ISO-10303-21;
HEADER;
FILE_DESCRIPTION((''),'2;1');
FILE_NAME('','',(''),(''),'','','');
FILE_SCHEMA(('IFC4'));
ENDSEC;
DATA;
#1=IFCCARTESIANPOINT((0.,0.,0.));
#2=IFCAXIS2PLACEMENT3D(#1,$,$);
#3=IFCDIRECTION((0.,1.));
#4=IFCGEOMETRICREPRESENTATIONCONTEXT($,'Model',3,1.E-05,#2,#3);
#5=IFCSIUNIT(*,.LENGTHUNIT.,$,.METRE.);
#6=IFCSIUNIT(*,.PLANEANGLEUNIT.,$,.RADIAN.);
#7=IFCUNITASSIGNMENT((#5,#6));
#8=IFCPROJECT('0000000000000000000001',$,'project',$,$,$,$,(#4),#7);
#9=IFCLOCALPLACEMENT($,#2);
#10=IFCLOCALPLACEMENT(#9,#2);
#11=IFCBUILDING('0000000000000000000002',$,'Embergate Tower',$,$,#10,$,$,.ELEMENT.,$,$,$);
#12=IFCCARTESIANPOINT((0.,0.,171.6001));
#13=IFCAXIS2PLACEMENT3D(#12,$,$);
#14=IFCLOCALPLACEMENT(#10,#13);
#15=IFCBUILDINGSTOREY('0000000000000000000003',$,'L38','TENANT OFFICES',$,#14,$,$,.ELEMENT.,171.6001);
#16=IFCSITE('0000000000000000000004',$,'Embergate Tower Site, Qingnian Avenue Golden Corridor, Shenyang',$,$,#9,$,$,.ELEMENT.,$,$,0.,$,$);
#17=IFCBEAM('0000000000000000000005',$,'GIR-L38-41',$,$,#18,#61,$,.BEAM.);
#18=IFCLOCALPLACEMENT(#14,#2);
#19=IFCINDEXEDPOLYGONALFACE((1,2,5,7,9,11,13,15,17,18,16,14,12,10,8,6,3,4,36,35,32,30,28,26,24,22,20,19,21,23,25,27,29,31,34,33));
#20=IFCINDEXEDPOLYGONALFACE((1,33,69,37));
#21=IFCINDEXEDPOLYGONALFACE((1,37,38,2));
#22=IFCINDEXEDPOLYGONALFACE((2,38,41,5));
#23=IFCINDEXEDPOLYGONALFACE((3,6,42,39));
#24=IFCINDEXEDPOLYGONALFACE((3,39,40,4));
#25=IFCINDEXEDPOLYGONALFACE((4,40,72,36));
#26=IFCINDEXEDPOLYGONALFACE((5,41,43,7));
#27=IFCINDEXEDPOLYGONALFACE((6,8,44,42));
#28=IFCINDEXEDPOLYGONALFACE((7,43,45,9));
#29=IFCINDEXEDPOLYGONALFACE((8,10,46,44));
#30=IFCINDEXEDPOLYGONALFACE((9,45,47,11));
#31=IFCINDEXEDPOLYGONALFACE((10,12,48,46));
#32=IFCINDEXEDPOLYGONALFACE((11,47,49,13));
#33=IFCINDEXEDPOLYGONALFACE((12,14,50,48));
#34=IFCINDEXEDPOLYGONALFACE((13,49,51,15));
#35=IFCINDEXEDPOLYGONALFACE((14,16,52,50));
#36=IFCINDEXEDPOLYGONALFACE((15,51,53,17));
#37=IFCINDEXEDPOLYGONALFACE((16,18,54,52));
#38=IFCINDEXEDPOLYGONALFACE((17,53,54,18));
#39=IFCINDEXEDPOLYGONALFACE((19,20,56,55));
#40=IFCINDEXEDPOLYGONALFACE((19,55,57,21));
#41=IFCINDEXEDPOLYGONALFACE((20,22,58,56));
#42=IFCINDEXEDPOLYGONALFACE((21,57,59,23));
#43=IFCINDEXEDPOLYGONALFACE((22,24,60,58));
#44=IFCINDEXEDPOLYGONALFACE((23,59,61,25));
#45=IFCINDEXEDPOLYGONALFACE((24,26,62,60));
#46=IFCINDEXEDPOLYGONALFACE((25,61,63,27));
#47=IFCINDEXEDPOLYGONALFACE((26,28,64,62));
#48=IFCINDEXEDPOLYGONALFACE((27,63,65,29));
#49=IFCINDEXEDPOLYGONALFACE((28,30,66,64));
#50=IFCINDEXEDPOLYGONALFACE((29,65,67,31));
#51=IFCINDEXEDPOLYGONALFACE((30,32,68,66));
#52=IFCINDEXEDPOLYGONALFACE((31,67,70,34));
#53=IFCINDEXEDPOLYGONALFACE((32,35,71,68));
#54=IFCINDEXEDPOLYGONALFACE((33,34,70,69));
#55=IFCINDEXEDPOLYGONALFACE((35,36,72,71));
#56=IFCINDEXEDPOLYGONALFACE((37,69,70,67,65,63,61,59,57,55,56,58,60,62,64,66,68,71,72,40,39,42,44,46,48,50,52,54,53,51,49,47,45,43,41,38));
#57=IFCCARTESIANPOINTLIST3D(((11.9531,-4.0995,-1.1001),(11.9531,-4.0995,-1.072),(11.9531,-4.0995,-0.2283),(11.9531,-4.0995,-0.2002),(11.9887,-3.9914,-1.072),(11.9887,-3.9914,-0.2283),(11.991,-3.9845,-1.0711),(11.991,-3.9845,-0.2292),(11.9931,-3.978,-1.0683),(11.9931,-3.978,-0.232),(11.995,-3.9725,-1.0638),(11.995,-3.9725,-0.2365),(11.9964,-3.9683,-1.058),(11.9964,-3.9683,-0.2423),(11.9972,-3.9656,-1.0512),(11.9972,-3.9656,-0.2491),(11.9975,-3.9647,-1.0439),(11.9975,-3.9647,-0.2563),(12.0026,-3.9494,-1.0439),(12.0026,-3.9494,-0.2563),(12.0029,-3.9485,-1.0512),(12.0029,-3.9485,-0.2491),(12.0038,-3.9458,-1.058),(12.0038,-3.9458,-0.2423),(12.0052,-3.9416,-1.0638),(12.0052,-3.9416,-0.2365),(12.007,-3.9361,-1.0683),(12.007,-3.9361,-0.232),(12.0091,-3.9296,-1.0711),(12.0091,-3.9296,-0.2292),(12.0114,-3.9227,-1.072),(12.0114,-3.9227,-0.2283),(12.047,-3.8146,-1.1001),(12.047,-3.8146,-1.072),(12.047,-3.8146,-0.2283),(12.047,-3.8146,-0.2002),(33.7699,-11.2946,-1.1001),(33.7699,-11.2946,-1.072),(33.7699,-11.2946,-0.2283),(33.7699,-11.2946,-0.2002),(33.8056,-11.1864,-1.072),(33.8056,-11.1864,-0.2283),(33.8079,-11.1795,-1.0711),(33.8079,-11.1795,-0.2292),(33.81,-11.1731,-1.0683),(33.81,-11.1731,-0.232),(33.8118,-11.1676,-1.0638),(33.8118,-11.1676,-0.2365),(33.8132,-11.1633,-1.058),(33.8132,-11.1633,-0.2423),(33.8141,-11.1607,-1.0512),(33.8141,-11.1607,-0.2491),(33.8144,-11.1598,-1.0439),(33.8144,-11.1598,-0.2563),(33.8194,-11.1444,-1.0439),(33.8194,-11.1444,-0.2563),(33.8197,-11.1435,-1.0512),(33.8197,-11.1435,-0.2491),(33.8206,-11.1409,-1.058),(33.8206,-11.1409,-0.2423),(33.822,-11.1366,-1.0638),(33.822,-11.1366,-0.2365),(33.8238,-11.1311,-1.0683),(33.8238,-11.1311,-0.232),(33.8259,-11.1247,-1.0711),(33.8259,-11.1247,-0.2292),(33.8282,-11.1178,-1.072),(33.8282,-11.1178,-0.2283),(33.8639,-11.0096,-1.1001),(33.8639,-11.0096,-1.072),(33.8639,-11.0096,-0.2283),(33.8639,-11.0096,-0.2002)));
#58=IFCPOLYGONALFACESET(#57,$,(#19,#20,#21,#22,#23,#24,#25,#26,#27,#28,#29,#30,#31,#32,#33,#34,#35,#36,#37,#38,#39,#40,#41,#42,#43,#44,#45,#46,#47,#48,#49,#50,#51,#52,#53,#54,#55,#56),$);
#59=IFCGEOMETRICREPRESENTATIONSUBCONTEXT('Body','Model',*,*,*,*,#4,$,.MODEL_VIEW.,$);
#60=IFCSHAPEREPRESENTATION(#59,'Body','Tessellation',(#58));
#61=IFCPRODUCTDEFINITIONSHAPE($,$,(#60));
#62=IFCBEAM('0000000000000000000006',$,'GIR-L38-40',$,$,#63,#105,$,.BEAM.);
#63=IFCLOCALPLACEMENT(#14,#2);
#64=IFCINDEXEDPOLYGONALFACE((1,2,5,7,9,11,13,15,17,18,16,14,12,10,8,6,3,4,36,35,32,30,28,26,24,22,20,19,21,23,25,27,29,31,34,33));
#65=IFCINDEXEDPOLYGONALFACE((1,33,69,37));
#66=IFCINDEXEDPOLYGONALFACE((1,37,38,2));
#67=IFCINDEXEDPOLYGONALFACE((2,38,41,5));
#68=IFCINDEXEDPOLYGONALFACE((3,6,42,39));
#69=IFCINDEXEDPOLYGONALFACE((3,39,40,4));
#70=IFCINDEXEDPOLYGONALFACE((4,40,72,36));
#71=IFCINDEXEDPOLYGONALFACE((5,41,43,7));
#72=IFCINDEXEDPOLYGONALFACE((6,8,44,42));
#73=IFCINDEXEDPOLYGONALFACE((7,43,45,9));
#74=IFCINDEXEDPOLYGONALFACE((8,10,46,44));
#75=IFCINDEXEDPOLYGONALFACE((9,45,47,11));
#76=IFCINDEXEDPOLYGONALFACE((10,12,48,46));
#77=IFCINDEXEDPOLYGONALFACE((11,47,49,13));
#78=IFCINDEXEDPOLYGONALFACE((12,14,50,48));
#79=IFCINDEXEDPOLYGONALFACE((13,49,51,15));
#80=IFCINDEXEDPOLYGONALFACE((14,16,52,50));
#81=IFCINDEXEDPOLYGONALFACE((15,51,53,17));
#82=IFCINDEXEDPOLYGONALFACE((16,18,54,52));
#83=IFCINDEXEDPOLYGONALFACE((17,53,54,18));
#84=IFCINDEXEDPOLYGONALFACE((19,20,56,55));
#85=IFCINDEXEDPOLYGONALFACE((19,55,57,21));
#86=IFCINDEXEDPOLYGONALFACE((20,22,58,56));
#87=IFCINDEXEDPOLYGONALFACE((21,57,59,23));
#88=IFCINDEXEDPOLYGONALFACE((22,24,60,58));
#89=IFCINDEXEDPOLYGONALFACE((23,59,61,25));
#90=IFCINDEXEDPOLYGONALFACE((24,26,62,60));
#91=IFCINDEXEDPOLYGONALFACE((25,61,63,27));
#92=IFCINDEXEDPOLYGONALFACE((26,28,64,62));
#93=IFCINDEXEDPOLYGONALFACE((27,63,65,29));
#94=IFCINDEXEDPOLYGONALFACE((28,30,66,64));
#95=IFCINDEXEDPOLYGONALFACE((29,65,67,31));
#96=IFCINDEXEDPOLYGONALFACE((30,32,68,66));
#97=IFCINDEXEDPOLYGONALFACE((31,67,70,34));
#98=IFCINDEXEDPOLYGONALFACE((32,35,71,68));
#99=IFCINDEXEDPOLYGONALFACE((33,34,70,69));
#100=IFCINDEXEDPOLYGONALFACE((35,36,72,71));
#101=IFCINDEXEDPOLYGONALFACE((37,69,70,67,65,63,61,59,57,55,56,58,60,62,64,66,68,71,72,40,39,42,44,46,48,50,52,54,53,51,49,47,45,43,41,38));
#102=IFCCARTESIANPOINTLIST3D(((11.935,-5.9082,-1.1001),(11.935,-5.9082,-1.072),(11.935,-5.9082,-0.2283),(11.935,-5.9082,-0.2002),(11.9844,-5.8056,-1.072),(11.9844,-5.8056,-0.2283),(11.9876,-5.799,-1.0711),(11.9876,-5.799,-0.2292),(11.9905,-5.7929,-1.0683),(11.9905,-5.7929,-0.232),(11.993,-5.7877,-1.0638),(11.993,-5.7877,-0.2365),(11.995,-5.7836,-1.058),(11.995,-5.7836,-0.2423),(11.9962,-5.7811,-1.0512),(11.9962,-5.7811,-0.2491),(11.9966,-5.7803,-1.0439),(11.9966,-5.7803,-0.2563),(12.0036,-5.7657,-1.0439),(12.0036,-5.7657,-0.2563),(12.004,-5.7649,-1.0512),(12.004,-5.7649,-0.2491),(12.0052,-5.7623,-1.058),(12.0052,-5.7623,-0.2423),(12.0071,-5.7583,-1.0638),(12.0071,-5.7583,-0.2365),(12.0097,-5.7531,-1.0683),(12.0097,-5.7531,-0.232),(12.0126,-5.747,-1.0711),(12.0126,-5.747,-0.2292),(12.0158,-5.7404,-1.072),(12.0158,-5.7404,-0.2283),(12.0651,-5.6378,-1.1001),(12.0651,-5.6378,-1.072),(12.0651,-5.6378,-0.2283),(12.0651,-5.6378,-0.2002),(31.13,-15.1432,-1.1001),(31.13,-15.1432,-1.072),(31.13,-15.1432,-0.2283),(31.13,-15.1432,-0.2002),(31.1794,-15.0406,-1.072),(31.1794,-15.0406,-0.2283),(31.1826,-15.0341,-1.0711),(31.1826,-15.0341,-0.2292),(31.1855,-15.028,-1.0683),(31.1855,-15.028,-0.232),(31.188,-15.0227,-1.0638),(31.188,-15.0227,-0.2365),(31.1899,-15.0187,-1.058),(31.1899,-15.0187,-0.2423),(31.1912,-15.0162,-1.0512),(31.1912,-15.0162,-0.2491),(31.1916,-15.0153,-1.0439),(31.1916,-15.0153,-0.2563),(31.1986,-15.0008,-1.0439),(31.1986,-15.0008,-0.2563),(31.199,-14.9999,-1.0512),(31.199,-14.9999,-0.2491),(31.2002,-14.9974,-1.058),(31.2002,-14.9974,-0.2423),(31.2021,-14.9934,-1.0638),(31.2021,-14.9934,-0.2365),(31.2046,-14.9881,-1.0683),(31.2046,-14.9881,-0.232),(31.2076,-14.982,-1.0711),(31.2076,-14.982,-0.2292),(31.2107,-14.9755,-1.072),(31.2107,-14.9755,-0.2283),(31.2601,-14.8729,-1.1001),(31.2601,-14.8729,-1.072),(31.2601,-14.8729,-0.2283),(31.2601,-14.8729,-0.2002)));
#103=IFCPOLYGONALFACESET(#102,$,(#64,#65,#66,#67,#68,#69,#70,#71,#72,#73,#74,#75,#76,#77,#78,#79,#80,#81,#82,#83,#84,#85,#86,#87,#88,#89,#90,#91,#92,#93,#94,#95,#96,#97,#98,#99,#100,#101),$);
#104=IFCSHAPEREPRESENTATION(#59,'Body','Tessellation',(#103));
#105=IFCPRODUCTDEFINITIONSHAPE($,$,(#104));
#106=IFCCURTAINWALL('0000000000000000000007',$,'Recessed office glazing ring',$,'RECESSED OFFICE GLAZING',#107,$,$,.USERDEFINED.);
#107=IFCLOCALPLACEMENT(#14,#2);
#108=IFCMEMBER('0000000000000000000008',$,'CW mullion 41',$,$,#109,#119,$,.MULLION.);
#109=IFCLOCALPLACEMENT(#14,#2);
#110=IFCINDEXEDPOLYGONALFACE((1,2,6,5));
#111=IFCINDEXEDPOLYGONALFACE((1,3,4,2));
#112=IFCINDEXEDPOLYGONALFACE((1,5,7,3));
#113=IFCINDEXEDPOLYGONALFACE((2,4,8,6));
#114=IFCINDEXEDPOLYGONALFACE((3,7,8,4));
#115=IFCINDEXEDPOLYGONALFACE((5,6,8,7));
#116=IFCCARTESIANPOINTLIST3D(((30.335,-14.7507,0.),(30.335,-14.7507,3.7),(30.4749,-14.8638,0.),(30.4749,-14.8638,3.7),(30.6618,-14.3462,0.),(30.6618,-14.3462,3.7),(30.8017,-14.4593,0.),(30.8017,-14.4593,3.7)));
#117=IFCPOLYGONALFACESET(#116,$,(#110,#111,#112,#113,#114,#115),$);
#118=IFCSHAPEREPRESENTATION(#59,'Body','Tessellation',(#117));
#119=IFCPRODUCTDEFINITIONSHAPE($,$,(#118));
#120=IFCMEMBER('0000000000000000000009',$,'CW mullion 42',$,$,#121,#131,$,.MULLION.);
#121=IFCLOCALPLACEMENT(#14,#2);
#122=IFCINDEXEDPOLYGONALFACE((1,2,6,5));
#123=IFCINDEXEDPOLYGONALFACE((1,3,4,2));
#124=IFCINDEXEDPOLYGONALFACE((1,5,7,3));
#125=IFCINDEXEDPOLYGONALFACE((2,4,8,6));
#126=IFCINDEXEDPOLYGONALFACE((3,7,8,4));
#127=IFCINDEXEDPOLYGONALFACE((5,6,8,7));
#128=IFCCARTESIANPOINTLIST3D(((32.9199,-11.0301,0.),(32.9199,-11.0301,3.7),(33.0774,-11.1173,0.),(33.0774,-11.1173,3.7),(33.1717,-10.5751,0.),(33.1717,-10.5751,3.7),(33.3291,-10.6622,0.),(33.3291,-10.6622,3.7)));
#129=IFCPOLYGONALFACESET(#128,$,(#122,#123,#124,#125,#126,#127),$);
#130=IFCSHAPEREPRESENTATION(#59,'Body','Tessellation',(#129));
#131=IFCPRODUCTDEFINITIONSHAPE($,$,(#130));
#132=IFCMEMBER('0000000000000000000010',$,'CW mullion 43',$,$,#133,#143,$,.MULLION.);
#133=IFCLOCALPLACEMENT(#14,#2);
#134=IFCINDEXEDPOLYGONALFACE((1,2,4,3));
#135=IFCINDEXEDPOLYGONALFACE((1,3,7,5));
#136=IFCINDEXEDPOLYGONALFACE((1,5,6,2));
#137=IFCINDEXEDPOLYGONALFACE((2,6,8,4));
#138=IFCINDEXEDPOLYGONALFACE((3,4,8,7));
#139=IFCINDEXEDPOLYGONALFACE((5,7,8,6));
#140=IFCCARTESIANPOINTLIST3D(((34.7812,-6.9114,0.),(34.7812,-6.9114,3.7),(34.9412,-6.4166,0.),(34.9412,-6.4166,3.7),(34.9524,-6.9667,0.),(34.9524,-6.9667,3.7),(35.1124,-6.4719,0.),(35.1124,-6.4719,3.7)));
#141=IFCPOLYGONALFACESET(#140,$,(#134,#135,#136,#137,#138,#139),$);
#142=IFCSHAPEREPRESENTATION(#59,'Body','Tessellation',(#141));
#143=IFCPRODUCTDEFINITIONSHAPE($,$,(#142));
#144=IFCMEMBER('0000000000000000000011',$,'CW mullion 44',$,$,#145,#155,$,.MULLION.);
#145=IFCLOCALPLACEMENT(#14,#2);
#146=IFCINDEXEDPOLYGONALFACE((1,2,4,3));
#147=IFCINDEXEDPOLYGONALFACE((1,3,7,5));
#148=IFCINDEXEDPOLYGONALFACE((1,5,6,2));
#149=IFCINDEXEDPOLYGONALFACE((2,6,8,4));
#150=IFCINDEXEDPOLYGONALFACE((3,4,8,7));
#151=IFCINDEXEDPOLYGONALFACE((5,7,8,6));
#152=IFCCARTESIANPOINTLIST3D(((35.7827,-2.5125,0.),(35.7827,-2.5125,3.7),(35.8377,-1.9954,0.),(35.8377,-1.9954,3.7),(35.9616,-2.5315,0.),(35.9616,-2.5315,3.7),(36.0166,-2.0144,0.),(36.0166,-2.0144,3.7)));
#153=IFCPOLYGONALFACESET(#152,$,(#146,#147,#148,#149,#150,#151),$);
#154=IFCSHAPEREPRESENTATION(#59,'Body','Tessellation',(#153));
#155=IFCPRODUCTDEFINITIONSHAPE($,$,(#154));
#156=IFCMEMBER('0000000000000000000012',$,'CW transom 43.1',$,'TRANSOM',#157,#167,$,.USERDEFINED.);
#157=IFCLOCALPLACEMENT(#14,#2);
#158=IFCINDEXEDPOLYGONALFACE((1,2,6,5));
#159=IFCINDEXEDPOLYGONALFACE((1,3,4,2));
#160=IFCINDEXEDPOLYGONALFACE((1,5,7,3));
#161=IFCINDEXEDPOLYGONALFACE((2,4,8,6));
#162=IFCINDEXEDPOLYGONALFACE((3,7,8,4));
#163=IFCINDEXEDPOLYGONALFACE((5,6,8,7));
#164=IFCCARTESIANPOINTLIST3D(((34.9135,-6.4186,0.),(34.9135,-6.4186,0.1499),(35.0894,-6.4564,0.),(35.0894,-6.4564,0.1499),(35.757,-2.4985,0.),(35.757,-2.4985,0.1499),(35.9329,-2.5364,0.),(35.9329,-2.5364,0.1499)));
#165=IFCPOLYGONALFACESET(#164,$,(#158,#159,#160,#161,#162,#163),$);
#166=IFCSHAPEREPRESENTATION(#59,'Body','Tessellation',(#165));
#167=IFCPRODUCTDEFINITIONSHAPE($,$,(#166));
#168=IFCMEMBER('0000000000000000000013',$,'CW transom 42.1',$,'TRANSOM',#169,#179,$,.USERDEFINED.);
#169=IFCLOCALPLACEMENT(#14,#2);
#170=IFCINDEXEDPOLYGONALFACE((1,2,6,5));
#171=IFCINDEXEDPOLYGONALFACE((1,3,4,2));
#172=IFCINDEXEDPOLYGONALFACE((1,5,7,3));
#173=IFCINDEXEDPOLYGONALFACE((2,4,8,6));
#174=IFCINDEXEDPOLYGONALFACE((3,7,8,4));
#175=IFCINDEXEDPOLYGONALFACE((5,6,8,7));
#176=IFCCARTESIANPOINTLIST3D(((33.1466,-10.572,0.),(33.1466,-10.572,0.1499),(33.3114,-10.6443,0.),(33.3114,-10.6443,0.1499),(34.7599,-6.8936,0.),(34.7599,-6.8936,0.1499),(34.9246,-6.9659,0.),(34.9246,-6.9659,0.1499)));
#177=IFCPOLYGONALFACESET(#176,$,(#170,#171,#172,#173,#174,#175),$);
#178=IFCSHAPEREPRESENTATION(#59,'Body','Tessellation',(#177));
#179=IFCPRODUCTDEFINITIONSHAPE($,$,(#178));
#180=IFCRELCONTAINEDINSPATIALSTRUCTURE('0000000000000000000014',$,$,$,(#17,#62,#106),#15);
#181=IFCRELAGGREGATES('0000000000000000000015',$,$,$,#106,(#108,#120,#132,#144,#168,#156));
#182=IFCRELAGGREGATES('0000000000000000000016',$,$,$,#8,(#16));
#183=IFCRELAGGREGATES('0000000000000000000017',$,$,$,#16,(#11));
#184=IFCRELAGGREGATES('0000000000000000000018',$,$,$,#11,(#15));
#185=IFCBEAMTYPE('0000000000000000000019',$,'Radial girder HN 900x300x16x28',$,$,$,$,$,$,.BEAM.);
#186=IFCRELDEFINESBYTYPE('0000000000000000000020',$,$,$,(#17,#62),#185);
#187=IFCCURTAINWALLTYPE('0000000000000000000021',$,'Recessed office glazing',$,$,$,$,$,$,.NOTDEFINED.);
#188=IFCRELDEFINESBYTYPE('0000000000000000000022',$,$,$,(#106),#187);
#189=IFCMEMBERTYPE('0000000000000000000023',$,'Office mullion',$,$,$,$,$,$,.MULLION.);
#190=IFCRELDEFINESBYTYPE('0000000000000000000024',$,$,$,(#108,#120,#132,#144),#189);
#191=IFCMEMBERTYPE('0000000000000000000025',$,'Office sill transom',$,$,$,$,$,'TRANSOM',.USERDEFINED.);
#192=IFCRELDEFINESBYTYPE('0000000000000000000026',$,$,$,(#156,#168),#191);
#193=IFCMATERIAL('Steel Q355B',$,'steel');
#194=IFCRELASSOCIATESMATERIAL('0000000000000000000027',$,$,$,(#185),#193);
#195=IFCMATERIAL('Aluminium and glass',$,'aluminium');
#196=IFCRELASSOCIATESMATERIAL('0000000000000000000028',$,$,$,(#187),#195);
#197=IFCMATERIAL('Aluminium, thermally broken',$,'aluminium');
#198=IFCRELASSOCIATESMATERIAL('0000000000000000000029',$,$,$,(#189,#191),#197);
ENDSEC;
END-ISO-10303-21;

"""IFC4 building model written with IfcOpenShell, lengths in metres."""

from ifc_helpers import new_model, si_unit, direction, frame, origin, origin_2d, place, context, subcontext, project, spatial, rectangle, i_section, extrude, source, transform, mapped, material, material_profile, profile_set, type_object, element, aggregate, save


model = new_model("IFC4")

# Units and contexts
model_context = context("Model", 3, precision=1e-05, world=origin(), true_north=direction((0.0, 1.0)))
body_context = subcontext(model_context, "Body", "Model", "MODEL_VIEW")
ifc_project = project(units=[si_unit("LENGTHUNIT", "METRE"), si_unit("PLANEANGLEUNIT", "RADIAN")], contexts=[model_context])

# Site, building, storey
site_placement = place(None, origin())
site = spatial("IfcSite", under=ifc_project, at=site_placement, Name="Embergate Tower Site, Qingnian Avenue Golden Corridor, Shenyang", CompositionType="ELEMENT", RefElevation=0.0)
building_placement = place(site_placement, origin())
building = spatial("IfcBuilding", under=site, at=building_placement, Name="Embergate Tower", CompositionType="ELEMENT")
storey_placement = place(building_placement, frame((0.0, 0.0, 171.6001)))
storey = spatial("IfcBuildingStorey", under=building, at=storey_placement, Name="L38", Description="TENANT OFFICES", CompositionType="ELEMENT", Elevation=171.6001)

# Beams
ifc_material_1 = material(Name="Steel Q355B", Category="steel")
ifc_material_profile_1 = material_profile(ifc_material_1, i_section(OverallWidth=0.3, OverallDepth=0.8999, WebThickness=0.0161, FlangeThickness=0.0281, FilletRadius=0.0281, at=origin_2d()), Name="HN 900x300x16x28")
ifc_profile_set_1 = profile_set([ifc_material_profile_1], Name="Steel Q355 grade B")
beam_type_1 = type_object("IfcBeamType", Name="Radial girder HN 900x300x16x28", PredefinedType="BEAM", material=ifc_profile_set_1)
shared_shape_1 = source(origin(), body_context, "Body", "SweptSolid", [
    extrude(i_section(OverallWidth=0.3, OverallDepth=0.8999, WebThickness=0.0161, FlangeThickness=0.0281, FilletRadius=0.0281, at=origin_2d()), origin(), (0.0, 0.0, 1.0), 22.9727),
])
beam_1_placement = place(storey_placement, frame((33.8169, -11.1521, -0.6501), z_axis=(-0.949687, 0.313201, 0.0), x_axis=(-0.313201, -0.949687, 0.0)))
element("IfcBeam", 1, at=beam_1_placement, inside=storey, type_object=beam_type_1, Name="GIR-L38-41", PredefinedType="BEAM", context=body_context, shape_type="MappedRepresentation", body=[
    mapped(shared_shape_1, transform((0.0, 0.0, 0.0))),
])
shared_shape_2 = source(origin(), body_context, "Body", "SweptSolid", [
    extrude(i_section(OverallWidth=0.3, OverallDepth=0.8999, WebThickness=0.0161, FlangeThickness=0.0281, FilletRadius=0.0281, at=origin_2d()), origin(), (0.0, 0.0, 1.0), 21.301),
])
beam_2_placement = place(storey_placement, frame((31.1951, -15.0081, -0.6501), z_axis=(-0.901129, 0.43355, 0.0), x_axis=(-0.43355, -0.901129, 0.0)))
element("IfcBeam", 2, at=beam_2_placement, inside=storey, type_object=beam_type_1, Name="GIR-L38-40", PredefinedType="BEAM", context=body_context, shape_type="MappedRepresentation", body=[
    mapped(shared_shape_2, transform((0.0, 0.0, 0.0))),
])

# Curtain wall, members
ifc_material_2 = material(Name="Aluminium and glass", Category="aluminium")
curtain_wall_type = type_object("IfcCurtainWallType", Name="Recessed office glazing", PredefinedType="NOTDEFINED", material=ifc_material_2)
curtain_wall_placement = place(storey_placement, origin())
curtain_wall = element("IfcCurtainWall", 3, at=curtain_wall_placement, inside=storey, type_object=curtain_wall_type, Name="Recessed office glazing ring", ObjectType="RECESSED OFFICE GLAZING", PredefinedType="USERDEFINED")
ifc_material_3 = material(Name="Aluminium, thermally broken", Category="aluminium")
ifc_material_profile_2 = material_profile(ifc_material_3, rectangle(XDim=0.1799, YDim=0.52, at=origin_2d()), Name="AL 520x180")
ifc_profile_set_2 = profile_set([ifc_material_profile_2], Name="Aluminium, thermally broken")
member_type_1 = type_object("IfcMemberType", Name="Office mullion", PredefinedType="MULLION", material=ifc_profile_set_2)
shared_shape_3 = source(origin(), body_context, "Body", "SweptSolid", [
    extrude(rectangle(XDim=0.1799, YDim=0.52, at=origin_2d()), origin(), (0.0, 0.0, 1.0), 3.7),
])
member_1_placement = place(storey_placement, frame((30.5684, -14.605, 0.0), z_axis=(0.0, 0.0, 1.0), x_axis=(-0.777867, 0.628429, 0.0)))
member_1 = element("IfcMember", 4, at=member_1_placement, type_object=member_type_1, Name="CW mullion 41", PredefinedType="MULLION", context=body_context, shape_type="MappedRepresentation", body=[
    mapped(shared_shape_3, transform((0.0, 0.0, 0.0))),
])
member_2_placement = place(storey_placement, frame((33.1245, -10.8462, 0.0), z_axis=(0.0, 0.0, 1.0), x_axis=(-0.874999, 0.484126, 0.0)))
member_2 = element("IfcMember", 5, at=member_2_placement, type_object=member_type_1, Name="CW mullion 42", PredefinedType="MULLION", context=body_context, shape_type="MappedRepresentation", body=[
    mapped(shared_shape_3, transform((0.0, 0.0, 0.0))),
])
member_3_placement = place(storey_placement, frame((34.9468, -6.6917, 0.0), z_axis=(0.0, 0.0, 1.0), x_axis=(-0.951496, 0.307661, 0.0)))
member_3 = element("IfcMember", 6, at=member_3_placement, type_object=member_type_1, Name="CW mullion 43", PredefinedType="MULLION", context=body_context, shape_type="MappedRepresentation", body=[
    mapped(shared_shape_3, transform((0.0, 0.0, 0.0))),
])
member_4_placement = place(storey_placement, frame((35.8997, -2.2634, 0.0), z_axis=(0.0, 0.0, 1.0), x_axis=(-0.994385, 0.105825, 0.0)))
member_4 = element("IfcMember", 7, at=member_4_placement, type_object=member_type_1, Name="CW mullion 44", PredefinedType="MULLION", context=body_context, shape_type="MappedRepresentation", body=[
    mapped(shared_shape_3, transform((0.0, 0.0, 0.0))),
])
ifc_material_profile_3 = material_profile(ifc_material_3, rectangle(XDim=0.1799, YDim=0.1499, at=origin_2d()), Name="AL 150x180")
ifc_profile_set_3 = profile_set([ifc_material_profile_3], Name="Aluminium, thermally broken")
member_type_2 = type_object("IfcMemberType", Name="Office sill transom", ElementType="TRANSOM", PredefinedType="USERDEFINED", material=ifc_profile_set_3)
shared_shape_4 = source(origin(), body_context, "Body", "SweptSolid", [
    extrude(rectangle(XDim=0.1799, YDim=0.1499, at=origin_2d()), origin(), (0.0, 0.0, 1.0), 4.0098),
])
member_5_placement = place(storey_placement, frame((35.0015, -6.4375, 0.075), z_axis=(0.210369, 0.977622, 0.0), x_axis=(-0.977622, 0.210369, 0.0)))
member_5 = element("IfcMember", 8, at=member_5_placement, type_object=member_type_2, Name="CW transom 43.1", ObjectType="TRANSOM", PredefinedType="USERDEFINED", context=body_context, shape_type="MappedRepresentation", body=[
    mapped(shared_shape_4, transform((0.0, 0.0, 0.0))),
])
shared_shape_5 = source(origin(), body_context, "Body", "SweptSolid", [
    extrude(rectangle(XDim=0.1799, YDim=0.1499, at=origin_2d()), origin(), (0.0, 0.0, 1.0), 4.0166),
])
member_6_placement = place(storey_placement, frame((33.229, -10.6082, 0.075), z_axis=(0.401645, 0.915796, 0.0), x_axis=(-0.915796, 0.401645, 0.0)))
member_6 = element("IfcMember", 9, at=member_6_placement, type_object=member_type_2, Name="CW transom 42.1", ObjectType="TRANSOM", PredefinedType="USERDEFINED", context=body_context, shape_type="MappedRepresentation", body=[
    mapped(shared_shape_5, transform((0.0, 0.0, 0.0))),
])
aggregate(curtain_wall, [member_1, member_2, member_3, member_4, member_6, member_5])

save(model, "model.ifc")
